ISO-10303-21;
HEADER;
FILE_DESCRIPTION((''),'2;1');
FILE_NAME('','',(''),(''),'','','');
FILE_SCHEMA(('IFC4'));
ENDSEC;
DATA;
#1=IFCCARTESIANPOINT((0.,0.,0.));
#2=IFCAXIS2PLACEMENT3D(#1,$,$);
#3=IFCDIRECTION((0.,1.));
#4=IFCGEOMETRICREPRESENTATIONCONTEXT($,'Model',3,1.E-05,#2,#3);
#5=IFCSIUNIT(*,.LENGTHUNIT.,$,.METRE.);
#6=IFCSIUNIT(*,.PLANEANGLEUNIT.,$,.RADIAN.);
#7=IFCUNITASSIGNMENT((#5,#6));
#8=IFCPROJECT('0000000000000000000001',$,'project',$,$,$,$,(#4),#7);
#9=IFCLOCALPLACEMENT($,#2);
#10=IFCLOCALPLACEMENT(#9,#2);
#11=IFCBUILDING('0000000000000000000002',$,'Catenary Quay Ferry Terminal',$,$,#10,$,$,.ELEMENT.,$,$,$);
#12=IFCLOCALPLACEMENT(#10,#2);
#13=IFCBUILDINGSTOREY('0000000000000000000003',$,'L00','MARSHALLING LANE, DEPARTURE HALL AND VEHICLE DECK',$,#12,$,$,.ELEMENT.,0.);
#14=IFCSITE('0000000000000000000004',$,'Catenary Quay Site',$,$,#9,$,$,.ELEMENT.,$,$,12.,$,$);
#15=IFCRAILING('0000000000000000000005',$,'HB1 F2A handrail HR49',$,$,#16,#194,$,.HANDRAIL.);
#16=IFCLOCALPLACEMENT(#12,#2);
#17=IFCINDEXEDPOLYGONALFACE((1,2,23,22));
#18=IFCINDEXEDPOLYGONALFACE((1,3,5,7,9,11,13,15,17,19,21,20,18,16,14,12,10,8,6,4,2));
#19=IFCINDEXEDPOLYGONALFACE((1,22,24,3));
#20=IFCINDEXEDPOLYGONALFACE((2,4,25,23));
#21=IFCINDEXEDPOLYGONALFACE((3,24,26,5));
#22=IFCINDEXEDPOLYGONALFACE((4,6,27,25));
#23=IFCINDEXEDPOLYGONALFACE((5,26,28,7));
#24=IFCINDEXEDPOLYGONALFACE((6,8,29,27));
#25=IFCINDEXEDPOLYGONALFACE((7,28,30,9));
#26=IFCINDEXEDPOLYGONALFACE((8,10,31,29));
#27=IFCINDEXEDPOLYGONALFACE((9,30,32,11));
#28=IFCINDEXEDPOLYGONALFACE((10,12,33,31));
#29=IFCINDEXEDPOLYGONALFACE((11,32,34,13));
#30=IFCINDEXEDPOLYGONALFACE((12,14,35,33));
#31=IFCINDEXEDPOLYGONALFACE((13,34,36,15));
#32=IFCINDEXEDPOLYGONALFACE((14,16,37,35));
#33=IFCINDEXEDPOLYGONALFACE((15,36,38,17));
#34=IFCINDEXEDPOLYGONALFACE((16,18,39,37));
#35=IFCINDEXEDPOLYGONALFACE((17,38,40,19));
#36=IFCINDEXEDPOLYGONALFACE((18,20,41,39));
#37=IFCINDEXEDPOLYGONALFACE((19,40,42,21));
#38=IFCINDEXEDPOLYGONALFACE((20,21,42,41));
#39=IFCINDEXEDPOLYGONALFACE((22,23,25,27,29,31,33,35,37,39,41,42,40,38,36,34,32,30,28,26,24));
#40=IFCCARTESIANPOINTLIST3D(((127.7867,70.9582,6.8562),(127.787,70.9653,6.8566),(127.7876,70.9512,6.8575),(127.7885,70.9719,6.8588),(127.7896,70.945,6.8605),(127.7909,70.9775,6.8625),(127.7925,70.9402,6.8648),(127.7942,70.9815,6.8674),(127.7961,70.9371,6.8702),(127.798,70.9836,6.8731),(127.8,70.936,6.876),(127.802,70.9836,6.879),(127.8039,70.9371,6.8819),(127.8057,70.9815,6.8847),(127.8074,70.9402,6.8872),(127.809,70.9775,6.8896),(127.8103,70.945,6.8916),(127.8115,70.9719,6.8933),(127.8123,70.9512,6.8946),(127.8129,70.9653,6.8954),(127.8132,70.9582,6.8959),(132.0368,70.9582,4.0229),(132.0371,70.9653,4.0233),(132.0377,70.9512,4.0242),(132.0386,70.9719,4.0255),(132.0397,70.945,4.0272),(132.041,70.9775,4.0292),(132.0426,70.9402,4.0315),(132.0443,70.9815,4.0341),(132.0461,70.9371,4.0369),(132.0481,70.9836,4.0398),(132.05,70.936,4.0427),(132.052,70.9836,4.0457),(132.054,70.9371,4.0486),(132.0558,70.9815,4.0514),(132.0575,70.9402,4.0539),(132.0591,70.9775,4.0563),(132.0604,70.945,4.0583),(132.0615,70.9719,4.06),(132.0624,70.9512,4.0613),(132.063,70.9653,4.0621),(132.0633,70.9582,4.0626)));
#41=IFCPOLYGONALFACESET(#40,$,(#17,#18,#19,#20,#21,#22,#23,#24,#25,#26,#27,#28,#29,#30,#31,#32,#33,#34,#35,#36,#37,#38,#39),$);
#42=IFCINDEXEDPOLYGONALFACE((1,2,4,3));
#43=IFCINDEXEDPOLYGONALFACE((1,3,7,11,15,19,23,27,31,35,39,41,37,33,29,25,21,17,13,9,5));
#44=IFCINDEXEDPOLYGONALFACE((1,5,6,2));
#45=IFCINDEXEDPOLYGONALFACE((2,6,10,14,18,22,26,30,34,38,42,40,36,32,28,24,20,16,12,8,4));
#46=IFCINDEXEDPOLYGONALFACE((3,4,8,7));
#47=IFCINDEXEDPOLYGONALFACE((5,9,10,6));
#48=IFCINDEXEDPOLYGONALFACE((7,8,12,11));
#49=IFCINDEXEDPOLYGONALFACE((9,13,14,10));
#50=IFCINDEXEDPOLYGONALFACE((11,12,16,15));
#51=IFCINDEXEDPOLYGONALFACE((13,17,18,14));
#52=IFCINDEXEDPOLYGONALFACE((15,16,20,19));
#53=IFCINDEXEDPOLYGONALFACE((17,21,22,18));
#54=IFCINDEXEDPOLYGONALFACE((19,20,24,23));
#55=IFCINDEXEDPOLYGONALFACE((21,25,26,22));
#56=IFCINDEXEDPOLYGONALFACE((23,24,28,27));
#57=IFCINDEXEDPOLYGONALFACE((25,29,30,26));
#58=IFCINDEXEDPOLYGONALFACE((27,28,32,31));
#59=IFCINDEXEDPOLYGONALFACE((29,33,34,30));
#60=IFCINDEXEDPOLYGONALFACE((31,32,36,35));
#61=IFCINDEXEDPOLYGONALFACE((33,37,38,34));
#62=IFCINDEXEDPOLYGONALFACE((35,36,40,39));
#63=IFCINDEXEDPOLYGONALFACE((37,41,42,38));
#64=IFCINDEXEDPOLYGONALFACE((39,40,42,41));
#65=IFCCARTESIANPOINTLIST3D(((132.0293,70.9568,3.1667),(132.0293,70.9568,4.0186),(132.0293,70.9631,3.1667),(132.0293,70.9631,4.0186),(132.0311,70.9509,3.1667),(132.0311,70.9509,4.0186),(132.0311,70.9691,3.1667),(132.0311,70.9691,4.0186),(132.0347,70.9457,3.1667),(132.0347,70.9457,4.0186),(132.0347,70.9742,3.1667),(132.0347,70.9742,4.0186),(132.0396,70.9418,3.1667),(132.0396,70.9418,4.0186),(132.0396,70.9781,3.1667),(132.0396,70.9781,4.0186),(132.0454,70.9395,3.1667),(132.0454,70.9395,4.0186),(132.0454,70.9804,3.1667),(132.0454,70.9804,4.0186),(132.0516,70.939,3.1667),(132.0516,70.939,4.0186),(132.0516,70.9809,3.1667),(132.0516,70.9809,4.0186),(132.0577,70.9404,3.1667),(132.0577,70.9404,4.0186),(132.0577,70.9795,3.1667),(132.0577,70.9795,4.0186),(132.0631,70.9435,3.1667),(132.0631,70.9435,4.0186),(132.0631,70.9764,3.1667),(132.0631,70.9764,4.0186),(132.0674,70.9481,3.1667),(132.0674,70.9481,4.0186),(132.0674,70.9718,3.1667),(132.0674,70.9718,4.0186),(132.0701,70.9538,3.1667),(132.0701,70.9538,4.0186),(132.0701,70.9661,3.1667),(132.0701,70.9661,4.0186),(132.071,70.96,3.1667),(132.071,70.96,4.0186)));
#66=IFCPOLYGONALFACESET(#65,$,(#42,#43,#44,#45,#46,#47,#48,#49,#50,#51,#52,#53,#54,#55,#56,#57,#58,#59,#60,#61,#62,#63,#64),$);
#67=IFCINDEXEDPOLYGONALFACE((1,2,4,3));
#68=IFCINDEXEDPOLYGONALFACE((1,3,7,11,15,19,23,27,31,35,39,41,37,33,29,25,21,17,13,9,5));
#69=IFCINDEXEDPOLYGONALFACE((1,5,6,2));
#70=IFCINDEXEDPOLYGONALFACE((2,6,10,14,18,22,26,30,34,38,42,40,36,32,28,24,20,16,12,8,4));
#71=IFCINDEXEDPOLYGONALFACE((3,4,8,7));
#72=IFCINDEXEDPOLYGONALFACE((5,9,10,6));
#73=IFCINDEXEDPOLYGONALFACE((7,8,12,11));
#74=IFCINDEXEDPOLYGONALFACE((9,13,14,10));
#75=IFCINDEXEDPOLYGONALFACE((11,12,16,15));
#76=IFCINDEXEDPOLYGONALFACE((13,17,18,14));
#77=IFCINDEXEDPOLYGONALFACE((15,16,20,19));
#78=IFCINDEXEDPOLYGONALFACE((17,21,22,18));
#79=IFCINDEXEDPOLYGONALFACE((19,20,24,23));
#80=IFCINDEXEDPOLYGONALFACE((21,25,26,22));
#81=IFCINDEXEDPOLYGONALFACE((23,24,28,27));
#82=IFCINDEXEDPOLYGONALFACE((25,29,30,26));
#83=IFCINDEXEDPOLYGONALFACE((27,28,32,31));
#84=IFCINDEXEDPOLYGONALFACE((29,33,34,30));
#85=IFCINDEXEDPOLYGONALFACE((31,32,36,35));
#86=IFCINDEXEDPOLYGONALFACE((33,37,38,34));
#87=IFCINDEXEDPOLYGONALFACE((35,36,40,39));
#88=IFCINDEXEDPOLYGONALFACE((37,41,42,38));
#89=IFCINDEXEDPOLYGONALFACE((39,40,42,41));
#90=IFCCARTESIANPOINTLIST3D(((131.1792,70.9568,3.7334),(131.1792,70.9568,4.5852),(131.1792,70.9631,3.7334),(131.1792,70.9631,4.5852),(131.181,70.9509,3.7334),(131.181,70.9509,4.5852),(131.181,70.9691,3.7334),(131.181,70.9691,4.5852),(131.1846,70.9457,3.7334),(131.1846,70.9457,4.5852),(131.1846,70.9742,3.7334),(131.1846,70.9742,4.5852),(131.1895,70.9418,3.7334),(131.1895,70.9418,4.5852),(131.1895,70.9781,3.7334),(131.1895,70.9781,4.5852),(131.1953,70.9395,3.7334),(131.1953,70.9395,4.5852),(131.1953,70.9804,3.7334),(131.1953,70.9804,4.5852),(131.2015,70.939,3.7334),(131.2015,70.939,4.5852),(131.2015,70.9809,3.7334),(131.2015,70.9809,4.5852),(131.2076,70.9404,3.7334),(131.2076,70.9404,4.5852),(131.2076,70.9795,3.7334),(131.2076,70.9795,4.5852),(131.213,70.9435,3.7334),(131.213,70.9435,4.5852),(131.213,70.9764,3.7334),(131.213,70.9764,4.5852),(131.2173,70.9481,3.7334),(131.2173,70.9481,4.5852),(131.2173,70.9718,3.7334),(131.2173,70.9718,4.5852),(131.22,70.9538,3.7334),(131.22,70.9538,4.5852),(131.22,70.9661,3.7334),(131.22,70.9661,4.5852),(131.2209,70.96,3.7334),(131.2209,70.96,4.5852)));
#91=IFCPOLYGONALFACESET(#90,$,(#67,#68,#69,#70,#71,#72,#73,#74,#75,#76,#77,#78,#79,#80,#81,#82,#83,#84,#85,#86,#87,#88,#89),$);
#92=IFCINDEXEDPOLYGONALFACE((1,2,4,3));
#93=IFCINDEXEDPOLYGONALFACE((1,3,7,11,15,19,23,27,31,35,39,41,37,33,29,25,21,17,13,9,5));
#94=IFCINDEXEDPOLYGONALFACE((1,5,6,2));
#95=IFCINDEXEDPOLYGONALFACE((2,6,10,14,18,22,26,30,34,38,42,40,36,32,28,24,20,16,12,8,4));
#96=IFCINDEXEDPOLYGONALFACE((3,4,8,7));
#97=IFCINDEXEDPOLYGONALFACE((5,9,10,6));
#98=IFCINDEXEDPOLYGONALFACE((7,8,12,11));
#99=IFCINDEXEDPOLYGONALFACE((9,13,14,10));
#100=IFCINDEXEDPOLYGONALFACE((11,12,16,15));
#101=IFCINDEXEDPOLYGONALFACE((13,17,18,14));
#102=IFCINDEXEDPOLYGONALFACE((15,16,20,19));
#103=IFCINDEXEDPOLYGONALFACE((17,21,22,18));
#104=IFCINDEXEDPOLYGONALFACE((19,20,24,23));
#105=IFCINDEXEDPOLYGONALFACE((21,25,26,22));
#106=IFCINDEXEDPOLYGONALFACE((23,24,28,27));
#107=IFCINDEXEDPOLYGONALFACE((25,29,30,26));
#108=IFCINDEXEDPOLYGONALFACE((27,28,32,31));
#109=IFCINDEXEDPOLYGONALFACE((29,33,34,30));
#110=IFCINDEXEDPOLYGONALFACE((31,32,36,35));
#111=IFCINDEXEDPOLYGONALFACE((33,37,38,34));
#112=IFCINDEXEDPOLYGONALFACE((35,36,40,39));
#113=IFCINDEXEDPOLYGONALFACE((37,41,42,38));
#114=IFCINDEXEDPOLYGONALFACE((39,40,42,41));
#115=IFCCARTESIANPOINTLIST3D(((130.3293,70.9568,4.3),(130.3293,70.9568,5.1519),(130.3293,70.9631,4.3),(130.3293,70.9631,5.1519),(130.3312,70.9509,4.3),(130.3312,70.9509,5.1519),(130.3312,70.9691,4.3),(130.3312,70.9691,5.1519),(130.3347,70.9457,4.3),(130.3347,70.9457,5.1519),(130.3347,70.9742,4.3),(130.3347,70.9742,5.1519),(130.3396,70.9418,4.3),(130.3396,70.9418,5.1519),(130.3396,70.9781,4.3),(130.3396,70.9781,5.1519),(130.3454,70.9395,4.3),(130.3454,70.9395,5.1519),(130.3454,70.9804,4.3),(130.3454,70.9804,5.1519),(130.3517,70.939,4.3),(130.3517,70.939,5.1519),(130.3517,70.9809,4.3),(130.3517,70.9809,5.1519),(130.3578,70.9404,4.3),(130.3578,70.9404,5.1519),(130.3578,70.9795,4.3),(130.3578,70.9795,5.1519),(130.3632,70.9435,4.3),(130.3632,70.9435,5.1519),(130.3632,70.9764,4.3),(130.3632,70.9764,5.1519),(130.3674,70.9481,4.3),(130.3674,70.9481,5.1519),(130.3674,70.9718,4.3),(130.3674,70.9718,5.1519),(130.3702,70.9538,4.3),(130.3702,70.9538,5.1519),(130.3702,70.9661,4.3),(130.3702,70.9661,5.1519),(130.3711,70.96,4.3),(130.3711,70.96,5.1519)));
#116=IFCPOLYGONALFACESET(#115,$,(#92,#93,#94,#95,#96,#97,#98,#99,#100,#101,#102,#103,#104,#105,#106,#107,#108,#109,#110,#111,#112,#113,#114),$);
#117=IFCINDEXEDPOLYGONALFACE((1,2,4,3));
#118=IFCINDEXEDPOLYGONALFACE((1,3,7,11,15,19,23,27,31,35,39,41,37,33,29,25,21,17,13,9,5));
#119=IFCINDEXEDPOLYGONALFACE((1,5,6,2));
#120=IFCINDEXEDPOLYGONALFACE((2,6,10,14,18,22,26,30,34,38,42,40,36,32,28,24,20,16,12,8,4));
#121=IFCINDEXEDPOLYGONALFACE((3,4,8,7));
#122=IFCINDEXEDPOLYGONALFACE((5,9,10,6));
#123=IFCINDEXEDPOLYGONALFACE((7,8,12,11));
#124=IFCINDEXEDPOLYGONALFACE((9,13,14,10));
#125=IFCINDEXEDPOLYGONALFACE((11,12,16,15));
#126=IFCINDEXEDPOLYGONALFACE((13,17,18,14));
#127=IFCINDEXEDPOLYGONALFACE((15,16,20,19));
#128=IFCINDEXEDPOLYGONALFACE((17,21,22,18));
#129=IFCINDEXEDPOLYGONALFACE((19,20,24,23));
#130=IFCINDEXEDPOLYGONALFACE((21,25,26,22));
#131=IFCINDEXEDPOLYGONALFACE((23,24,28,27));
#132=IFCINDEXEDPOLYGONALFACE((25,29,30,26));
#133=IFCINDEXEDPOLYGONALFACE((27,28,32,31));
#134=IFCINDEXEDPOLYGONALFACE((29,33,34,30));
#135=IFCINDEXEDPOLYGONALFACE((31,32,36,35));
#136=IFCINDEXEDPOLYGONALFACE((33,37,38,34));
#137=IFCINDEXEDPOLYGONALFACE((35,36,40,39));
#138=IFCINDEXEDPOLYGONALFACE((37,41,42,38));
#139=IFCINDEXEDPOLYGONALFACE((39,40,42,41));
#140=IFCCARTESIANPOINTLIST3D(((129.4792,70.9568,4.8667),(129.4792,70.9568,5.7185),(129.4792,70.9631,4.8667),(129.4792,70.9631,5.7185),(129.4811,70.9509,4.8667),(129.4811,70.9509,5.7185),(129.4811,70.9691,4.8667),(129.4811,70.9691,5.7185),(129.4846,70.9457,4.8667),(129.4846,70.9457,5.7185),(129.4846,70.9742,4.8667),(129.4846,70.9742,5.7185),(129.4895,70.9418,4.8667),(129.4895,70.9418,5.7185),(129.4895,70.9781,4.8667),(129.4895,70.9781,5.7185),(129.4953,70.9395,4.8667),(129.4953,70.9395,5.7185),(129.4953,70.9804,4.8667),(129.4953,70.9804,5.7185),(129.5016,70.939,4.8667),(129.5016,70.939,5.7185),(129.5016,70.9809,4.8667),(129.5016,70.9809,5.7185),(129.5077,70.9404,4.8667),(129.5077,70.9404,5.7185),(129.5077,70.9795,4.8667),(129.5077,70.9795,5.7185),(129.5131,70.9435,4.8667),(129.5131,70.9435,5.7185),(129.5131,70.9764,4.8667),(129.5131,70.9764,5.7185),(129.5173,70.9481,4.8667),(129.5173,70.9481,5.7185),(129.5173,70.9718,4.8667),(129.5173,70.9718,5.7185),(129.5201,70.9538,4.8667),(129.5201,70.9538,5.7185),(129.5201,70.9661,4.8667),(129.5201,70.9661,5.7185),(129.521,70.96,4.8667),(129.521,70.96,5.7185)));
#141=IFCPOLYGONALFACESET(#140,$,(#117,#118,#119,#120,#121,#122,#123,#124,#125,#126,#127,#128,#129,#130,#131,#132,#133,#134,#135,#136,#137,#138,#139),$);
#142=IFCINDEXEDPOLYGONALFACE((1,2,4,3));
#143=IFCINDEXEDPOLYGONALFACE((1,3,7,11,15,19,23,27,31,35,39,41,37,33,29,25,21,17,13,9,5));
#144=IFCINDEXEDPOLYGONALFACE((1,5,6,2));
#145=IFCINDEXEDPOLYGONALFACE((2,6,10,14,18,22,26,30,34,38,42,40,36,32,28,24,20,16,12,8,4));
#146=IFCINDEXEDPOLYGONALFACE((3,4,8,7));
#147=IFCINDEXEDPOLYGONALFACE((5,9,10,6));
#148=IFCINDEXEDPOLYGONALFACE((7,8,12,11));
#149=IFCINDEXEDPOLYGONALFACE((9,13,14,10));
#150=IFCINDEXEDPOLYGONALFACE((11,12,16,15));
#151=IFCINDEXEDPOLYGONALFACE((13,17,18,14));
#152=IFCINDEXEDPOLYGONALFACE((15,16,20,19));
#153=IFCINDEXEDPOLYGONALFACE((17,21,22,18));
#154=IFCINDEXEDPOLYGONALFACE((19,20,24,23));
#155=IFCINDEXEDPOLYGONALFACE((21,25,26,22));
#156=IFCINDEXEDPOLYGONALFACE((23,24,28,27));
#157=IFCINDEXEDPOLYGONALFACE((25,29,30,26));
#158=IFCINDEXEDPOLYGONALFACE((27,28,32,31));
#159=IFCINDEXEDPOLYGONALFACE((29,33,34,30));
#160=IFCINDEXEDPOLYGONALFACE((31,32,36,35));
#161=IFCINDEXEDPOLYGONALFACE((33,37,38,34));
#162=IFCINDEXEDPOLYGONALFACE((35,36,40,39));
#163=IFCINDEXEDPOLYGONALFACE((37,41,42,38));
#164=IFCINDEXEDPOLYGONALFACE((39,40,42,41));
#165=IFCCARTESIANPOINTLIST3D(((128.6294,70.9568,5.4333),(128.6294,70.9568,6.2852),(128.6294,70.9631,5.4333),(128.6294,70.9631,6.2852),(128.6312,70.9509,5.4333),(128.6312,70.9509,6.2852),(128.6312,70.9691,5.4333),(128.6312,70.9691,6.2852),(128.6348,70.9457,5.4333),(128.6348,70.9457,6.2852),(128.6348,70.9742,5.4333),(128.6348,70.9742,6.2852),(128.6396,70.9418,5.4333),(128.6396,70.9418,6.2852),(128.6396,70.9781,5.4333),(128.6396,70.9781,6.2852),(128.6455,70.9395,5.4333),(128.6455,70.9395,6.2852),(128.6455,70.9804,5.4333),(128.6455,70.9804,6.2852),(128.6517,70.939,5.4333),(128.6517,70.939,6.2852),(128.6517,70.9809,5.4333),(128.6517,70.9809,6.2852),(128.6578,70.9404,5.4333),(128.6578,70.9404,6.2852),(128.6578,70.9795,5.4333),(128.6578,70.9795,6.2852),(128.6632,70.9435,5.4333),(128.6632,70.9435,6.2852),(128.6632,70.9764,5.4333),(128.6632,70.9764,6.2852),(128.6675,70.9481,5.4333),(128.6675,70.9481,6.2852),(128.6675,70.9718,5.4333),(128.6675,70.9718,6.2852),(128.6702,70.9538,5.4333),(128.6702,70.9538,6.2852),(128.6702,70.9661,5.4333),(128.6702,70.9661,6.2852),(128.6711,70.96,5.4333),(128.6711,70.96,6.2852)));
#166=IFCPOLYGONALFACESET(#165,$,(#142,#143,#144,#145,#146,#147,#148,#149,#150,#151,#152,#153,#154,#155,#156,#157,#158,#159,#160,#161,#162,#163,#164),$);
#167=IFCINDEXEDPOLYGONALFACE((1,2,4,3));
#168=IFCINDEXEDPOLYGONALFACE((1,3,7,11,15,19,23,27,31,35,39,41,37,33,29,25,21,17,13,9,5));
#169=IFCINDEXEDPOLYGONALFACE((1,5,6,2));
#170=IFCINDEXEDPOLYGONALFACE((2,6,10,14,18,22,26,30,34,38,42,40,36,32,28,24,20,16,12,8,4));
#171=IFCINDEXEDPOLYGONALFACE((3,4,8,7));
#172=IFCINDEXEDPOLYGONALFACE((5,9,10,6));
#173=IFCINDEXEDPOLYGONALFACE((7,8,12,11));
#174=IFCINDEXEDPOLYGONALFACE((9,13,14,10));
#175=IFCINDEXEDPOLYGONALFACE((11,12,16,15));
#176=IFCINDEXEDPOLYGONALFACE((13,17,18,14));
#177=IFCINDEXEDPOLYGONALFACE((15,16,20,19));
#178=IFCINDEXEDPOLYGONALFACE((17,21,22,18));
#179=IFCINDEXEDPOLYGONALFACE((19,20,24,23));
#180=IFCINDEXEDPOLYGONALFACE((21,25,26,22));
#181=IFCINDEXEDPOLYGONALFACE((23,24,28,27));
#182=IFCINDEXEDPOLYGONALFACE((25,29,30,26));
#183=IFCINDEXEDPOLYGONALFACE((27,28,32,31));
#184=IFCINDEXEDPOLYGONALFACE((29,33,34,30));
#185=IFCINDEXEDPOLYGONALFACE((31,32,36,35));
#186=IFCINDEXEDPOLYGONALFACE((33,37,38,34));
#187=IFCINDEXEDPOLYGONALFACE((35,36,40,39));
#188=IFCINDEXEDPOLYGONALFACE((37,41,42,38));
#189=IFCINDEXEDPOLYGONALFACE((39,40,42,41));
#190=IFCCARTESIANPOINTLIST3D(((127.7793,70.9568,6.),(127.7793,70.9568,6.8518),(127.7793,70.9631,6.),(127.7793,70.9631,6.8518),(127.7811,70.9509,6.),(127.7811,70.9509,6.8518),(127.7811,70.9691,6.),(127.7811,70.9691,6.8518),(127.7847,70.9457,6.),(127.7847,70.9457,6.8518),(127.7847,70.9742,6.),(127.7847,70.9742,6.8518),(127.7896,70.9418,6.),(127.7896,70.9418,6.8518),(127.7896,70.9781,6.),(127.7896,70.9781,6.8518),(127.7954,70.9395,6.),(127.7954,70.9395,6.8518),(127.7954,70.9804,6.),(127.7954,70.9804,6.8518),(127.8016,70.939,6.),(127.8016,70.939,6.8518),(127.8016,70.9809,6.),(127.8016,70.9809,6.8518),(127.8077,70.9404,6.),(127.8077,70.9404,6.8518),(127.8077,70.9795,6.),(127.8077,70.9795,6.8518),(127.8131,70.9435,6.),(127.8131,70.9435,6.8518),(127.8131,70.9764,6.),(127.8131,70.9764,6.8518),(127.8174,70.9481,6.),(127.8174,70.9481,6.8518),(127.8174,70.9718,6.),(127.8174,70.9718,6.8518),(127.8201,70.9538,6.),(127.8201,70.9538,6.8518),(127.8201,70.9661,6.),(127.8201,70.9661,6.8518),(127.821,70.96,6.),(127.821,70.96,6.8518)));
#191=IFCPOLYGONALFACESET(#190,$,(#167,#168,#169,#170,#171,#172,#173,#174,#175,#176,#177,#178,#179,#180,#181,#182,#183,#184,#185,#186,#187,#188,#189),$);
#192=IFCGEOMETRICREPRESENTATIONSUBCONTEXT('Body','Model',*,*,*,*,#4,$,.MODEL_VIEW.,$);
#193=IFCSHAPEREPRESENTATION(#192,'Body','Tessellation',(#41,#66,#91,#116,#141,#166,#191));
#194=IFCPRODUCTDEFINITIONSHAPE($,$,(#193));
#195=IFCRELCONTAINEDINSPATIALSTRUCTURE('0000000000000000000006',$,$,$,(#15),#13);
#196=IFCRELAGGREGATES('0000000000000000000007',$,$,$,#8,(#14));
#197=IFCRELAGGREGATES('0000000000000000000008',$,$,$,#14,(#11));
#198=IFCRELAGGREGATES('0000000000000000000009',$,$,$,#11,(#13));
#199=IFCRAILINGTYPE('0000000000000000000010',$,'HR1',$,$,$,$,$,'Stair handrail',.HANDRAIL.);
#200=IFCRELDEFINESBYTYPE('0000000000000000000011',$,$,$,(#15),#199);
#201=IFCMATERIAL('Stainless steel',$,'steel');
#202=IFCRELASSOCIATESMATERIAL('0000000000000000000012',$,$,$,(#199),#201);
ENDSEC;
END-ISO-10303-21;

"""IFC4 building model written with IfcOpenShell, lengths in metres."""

from ifc_helpers import new_model, si_unit, direction, frame, origin, origin_2d, place, context, subcontext, project, spatial, circle, extrude, material, type_object, element, save


model = new_model("IFC4")

# Units and contexts
model_context = context("Model", 3, precision=1e-05, world=origin(), true_north=direction((0.0, 1.0)))
body_context = subcontext(model_context, "Body", "Model", "MODEL_VIEW")
ifc_project = project(units=[si_unit("LENGTHUNIT", "METRE"), si_unit("PLANEANGLEUNIT", "RADIAN")], contexts=[model_context])

# Site, building, storey
site_placement = place(None, origin())
site = spatial("IfcSite", under=ifc_project, at=site_placement, Name="Catenary Quay Site", CompositionType="ELEMENT", RefElevation=12.0)
building_placement = place(site_placement, origin())
building = spatial("IfcBuilding", under=site, at=building_placement, Name="Catenary Quay Ferry Terminal", CompositionType="ELEMENT")
storey_placement = place(building_placement, origin())
storey = spatial("IfcBuildingStorey", under=building, at=storey_placement, Name="L00", Description="MARSHALLING LANE, DEPARTURE HALL AND VEHICLE DECK", CompositionType="ELEMENT", Elevation=0.0)

# Railing
ifc_material_1 = material(Name="Stainless steel", Category="steel")
railing_type_1 = type_object("IfcRailingType", Name="HR1", ElementType="Stair handrail", PredefinedType="HANDRAIL", material=ifc_material_1)
for number, where, name in (
    (1, (132.05, 70.96, 3.1667), "HB1 F2A handrail HR49"),
):
    element("IfcRailing", number, at=place(storey_placement, frame(where)), inside=storey, type_object=railing_type_1, Name=name, PredefinedType="HANDRAIL", context=body_context, shape_type="SweptSolid", body=[
        extrude(circle(Radius=0.0239, at=origin_2d()), frame((0.0, 0.0, 0.876), z_axis=(-0.832058, 0.0, 0.554689), x_axis=(0.0, -1.0, 0.0)), (0.0, 0.0, 1.0), 5.1079),
        extrude(circle(Radius=0.021, at=origin_2d()), origin(), (0.0, 0.0, 1.0), 0.8518),
        extrude(circle(Radius=0.021, at=origin_2d()), frame((-0.8501, 0.0, 0.5667)), (0.0, 0.0, 1.0), 0.8518),
        extrude(circle(Radius=0.021, at=origin_2d()), frame((-1.7, 0.0, 1.1333)), (0.0, 0.0, 1.0), 0.8518),
        extrude(circle(Radius=0.021, at=origin_2d()), frame((-2.55, 0.0, 1.7)), (0.0, 0.0, 1.0), 0.8518),
        extrude(circle(Radius=0.021, at=origin_2d()), frame((-3.3999, 0.0, 2.2666)), (0.0, 0.0, 1.0), 0.8518),
        extrude(circle(Radius=0.021, at=origin_2d()), frame((-4.25, 0.0, 2.8333)), (0.0, 0.0, 1.0), 0.8518),
    ])

save(model, "model.ifc")
